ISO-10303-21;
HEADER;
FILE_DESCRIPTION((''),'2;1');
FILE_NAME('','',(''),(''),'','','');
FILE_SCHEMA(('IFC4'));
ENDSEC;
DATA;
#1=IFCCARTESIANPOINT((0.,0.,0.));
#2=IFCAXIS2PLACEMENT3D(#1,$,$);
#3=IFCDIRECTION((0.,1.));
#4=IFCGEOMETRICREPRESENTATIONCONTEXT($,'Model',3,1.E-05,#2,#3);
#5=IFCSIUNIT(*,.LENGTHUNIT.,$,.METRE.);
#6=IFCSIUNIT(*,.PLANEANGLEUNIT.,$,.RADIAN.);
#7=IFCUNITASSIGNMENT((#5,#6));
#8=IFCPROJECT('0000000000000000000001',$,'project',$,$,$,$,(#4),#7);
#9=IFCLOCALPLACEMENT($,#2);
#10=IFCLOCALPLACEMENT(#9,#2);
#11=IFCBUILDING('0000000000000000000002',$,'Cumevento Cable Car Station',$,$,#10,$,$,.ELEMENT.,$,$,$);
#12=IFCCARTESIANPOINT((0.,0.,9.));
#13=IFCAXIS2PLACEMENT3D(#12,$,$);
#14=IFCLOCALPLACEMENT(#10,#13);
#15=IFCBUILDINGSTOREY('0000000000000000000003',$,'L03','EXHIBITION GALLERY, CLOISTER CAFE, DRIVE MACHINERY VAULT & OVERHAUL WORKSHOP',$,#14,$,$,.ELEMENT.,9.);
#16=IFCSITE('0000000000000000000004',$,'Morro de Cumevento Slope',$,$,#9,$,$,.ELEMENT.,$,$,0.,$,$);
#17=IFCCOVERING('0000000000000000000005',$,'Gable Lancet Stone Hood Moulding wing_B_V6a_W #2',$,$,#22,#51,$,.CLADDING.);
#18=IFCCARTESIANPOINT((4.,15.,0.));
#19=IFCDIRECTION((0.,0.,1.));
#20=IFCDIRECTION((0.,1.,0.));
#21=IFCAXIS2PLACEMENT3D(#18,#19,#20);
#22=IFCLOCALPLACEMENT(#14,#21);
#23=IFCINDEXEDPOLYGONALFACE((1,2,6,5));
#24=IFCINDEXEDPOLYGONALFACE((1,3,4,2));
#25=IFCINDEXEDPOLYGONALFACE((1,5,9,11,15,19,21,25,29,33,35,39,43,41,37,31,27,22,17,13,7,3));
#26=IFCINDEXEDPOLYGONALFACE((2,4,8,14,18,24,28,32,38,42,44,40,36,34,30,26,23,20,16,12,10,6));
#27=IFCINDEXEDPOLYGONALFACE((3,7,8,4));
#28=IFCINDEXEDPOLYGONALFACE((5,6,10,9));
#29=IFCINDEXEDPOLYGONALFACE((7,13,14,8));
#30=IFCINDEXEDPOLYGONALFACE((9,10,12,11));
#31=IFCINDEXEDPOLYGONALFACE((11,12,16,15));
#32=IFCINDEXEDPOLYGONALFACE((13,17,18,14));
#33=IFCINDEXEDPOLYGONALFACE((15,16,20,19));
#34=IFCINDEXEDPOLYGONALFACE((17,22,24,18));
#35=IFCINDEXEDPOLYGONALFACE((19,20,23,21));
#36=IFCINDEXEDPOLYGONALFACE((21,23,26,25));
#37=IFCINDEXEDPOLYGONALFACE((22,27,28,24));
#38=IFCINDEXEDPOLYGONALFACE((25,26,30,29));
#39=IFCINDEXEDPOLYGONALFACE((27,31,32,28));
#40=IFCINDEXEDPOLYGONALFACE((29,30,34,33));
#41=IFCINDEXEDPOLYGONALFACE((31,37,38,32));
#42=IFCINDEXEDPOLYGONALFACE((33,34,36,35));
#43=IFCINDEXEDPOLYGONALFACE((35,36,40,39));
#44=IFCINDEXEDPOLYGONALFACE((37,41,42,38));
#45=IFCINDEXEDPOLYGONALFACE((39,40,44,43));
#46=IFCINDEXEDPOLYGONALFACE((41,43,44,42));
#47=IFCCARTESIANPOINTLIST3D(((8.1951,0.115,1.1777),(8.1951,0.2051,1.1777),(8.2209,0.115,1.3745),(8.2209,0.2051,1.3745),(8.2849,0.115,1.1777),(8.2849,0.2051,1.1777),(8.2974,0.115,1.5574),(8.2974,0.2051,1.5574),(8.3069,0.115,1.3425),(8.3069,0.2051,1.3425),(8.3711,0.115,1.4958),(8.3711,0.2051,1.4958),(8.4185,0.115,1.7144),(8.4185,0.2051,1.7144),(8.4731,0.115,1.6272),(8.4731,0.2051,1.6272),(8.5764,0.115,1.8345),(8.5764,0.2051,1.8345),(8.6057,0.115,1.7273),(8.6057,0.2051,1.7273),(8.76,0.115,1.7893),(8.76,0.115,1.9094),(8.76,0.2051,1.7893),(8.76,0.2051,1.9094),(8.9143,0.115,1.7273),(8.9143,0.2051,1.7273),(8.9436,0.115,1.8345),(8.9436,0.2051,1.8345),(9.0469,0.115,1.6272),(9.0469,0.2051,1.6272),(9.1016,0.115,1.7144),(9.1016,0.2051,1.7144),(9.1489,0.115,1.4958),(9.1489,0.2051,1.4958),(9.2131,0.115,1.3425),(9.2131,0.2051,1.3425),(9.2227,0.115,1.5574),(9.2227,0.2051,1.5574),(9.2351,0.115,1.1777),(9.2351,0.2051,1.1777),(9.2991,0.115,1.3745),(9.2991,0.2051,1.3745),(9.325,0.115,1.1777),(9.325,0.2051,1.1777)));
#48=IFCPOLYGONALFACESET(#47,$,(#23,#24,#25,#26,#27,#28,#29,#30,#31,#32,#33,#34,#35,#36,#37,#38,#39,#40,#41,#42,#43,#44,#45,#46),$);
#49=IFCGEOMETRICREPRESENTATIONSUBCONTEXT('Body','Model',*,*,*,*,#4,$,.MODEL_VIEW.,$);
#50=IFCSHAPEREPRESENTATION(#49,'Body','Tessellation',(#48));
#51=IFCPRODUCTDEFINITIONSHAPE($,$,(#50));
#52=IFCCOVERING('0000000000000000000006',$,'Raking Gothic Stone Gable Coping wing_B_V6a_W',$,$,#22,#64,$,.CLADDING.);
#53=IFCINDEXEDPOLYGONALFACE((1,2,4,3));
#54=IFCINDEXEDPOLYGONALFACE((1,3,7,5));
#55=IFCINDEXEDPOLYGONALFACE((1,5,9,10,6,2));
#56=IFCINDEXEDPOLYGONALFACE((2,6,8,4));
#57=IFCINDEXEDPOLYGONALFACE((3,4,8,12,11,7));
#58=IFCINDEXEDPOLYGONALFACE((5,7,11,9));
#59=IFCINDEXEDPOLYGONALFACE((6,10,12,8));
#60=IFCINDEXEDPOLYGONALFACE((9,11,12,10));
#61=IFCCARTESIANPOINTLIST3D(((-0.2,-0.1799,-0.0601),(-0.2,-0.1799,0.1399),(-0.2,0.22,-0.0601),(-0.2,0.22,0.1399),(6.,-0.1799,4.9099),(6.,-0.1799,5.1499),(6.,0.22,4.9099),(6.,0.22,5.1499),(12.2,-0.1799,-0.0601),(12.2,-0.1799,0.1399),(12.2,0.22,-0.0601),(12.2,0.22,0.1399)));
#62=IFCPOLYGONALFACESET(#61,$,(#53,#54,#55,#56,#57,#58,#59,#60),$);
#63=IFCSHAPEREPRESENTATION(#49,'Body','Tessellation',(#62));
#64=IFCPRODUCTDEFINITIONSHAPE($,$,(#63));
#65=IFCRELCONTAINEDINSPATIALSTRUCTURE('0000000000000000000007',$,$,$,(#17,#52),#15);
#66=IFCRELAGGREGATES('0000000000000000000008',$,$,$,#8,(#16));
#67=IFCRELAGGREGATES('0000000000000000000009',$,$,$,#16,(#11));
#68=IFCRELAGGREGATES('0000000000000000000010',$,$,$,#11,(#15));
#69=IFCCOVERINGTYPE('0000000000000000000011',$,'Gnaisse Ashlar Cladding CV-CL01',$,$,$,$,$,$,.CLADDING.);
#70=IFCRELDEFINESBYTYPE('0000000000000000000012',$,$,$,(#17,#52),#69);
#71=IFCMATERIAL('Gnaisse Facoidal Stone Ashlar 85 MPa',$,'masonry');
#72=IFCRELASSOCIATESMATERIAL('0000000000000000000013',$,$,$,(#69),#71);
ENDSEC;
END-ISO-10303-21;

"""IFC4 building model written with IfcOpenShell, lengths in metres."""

from ifc_helpers import new_model, si_unit, direction, frame, origin, place, context, subcontext, project, spatial, polyline, outline, extrude, material, type_object, element, save


model = new_model("IFC4")

# Units and contexts
model_context = context("Model", 3, precision=1e-05, world=origin(), true_north=direction((0.0, 1.0)))
body_context = subcontext(model_context, "Body", "Model", "MODEL_VIEW")
ifc_project = project(units=[si_unit("LENGTHUNIT", "METRE"), si_unit("PLANEANGLEUNIT", "RADIAN")], contexts=[model_context])

# Site, building, storey
site_placement = place(None, origin())
site = spatial("IfcSite", under=ifc_project, at=site_placement, Name="Morro de Cumevento Slope", CompositionType="ELEMENT", RefElevation=0.0)
building_placement = place(site_placement, origin())
building = spatial("IfcBuilding", under=site, at=building_placement, Name="Cumevento Cable Car Station", CompositionType="ELEMENT")
storey_placement = place(building_placement, frame((0.0, 0.0, 9.0)))
storey = spatial("IfcBuildingStorey", under=building, at=storey_placement, Name="L03", Description="EXHIBITION GALLERY, CLOISTER CAFE, DRIVE MACHINERY VAULT & OVERHAUL WORKSHOP", CompositionType="ELEMENT", Elevation=9.0)

# Coverings
ifc_material_1 = material(Name="Gnaisse Facoidal Stone Ashlar 85 MPa", Category="masonry")
covering_type_1 = type_object("IfcCoveringType", Name="Gnaisse Ashlar Cladding CV-CL01", PredefinedType="CLADDING", material=ifc_material_1)
placement = place(storey_placement, frame((4.0, 15.0, 0.0), z_axis=(0.0, 0.0, 1.0), x_axis=(0.0, 1.0, 0.0)))
element("IfcCovering", 1, at=placement, inside=storey, type_object=covering_type_1, Name="Gable Lancet Stone Hood Moulding wing_B_V6a_W #2", PredefinedType="CLADDING", context=body_context, shape_type="SweptSolid", body=[
    extrude(outline(polyline([(8.2849, 1.1777), (8.3069, 1.3425), (8.3711, 1.4958), (8.4731, 1.6272), (8.6057, 1.7273), (8.76, 1.7893), (8.9143, 1.7273), (9.0469, 1.6272), (9.1489, 1.4958), (9.2131, 1.3425), (9.2351, 1.1777), (9.325, 1.1777), (9.2991, 1.3745), (9.2227, 1.5574), (9.1016, 1.7144), (8.9436, 1.8345), (8.76, 1.9094), (8.5764, 1.8345), (8.4185, 1.7144), (8.2974, 1.5574), (8.2209, 1.3745), (8.1951, 1.1777), (8.2849, 1.1777)])), frame((0.0, 0.2051, 0.0), z_axis=(0.0, -1.0, 0.0), x_axis=(1.0, 0.0, 0.0)), (0.0, 0.0, 1.0), 0.0901),
])
element("IfcCovering", 2, at=placement, inside=storey, type_object=covering_type_1, Name="Raking Gothic Stone Gable Coping wing_B_V6a_W", PredefinedType="CLADDING", context=body_context, shape_type="SweptSolid", body=[
    extrude(outline(polyline([(-0.2, -0.0601), (6.0, 4.9099), (12.2, -0.0601), (12.2, 0.1399), (6.0, 5.1499), (-0.2, 0.1399), (-0.2, -0.0601)])), frame((0.0, 0.22, 0.0), z_axis=(0.0, -1.0, 0.0), x_axis=(1.0, 0.0, 0.0)), (0.0, 0.0, 1.0), 0.3999),
])

save(model, "model.ifc")
